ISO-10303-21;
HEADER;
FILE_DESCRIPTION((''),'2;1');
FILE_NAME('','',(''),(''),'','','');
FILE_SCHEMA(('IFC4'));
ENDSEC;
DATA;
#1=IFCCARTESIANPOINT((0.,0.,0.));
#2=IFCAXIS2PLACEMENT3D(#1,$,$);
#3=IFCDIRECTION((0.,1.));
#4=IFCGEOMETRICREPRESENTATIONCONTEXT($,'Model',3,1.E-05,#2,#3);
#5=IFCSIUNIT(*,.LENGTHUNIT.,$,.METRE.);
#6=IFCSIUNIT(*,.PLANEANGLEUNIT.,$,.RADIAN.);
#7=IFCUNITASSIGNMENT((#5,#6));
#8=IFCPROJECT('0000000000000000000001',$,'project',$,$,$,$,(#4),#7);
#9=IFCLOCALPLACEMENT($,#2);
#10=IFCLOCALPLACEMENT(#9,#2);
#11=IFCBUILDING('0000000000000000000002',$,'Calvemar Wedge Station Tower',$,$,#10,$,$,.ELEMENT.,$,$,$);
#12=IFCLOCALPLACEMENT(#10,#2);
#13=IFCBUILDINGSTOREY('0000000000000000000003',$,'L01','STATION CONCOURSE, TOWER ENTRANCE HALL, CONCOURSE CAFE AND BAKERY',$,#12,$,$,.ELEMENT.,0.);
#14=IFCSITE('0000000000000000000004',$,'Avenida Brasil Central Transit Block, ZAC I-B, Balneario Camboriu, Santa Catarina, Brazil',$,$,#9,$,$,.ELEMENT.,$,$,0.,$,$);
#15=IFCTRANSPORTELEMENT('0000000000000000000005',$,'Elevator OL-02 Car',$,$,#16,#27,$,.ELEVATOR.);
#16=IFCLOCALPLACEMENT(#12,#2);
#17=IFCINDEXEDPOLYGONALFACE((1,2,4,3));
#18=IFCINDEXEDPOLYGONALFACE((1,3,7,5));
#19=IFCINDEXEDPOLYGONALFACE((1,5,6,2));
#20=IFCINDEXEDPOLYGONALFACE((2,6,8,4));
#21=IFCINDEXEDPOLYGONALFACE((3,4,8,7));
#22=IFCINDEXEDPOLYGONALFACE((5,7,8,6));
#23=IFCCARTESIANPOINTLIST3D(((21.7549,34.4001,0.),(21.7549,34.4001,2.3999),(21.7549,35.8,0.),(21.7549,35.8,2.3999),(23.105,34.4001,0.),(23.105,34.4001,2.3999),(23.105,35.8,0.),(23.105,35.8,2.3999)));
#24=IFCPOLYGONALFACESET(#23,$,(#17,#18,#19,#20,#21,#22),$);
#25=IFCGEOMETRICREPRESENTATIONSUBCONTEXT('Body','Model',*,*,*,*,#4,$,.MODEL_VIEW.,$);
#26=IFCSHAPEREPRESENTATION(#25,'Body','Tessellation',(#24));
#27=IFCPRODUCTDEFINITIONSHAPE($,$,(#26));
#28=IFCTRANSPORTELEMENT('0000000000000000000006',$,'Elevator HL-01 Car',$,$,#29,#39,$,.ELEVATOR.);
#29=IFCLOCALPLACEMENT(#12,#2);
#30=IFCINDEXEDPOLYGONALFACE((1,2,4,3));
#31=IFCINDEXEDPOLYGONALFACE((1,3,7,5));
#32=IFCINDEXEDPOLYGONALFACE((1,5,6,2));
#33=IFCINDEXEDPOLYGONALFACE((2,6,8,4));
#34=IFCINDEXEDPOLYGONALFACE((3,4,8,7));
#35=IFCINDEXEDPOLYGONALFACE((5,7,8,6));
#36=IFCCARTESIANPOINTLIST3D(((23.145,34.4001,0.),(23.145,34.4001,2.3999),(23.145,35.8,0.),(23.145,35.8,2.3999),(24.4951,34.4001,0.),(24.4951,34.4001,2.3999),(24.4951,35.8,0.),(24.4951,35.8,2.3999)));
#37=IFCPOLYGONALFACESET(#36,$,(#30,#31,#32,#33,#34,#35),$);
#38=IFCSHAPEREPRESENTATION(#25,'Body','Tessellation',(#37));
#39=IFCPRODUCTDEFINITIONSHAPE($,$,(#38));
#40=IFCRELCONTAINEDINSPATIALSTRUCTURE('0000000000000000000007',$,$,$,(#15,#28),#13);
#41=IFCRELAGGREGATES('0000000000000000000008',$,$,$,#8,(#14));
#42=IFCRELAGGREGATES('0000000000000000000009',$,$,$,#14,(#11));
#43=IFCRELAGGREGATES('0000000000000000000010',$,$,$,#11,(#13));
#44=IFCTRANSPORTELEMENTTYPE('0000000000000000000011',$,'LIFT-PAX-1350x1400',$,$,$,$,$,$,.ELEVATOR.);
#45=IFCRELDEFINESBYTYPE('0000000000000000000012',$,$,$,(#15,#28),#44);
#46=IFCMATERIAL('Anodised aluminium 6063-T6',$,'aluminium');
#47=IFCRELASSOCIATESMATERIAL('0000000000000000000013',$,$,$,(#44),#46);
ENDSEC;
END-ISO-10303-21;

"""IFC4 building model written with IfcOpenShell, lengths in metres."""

from ifc_helpers import new_model, si_unit, direction, frame, origin, origin_2d, place, context, subcontext, project, spatial, rectangle, extrude, source, transform, mapped, material, type_object, element, save


model = new_model("IFC4")

# Units and contexts
model_context = context("Model", 3, precision=1e-05, world=origin(), true_north=direction((0.0, 1.0)))
body_context = subcontext(model_context, "Body", "Model", "MODEL_VIEW")
ifc_project = project(units=[si_unit("LENGTHUNIT", "METRE"), si_unit("PLANEANGLEUNIT", "RADIAN")], contexts=[model_context])

# Site, building, storey
site_placement = place(None, origin())
site = spatial("IfcSite", under=ifc_project, at=site_placement, Name="Avenida Brasil Central Transit Block, ZAC I-B, Balneario Camboriu, Santa Catarina, Brazil", CompositionType="ELEMENT", RefElevation=0.0)
building_placement = place(site_placement, origin())
building = spatial("IfcBuilding", under=site, at=building_placement, Name="Calvemar Wedge Station Tower", CompositionType="ELEMENT")
storey_placement = place(building_placement, origin())
storey = spatial("IfcBuildingStorey", under=building, at=storey_placement, Name="L01", Description="STATION CONCOURSE, TOWER ENTRANCE HALL, CONCOURSE CAFE AND BAKERY", CompositionType="ELEMENT", Elevation=0.0)

# Transport elements
ifc_material_1 = material(Name="Anodised aluminium 6063-T6", Category="aluminium")
transport_element_type = type_object("IfcTransportElementType", Name="LIFT-PAX-1350x1400", PredefinedType="ELEVATOR", material=ifc_material_1)
shared_shape_1 = source(origin(), body_context, "Body", "SweptSolid", [
    extrude(rectangle(XDim=1.3501, YDim=1.3999, at=origin_2d()), origin(), (0.0, 0.0, 1.0), 2.3999),
])
for number, where, z_axis, x_axis, name in (
    (1, (22.4299, 35.1001, 0.0), (0.0, 0.0, 1.0), (1.0, 0.0, 0.0), "Elevator OL-02 Car"),
    (2, (23.8201, 35.1001, 0.0), (0.0, 0.0, 1.0), (1.0, 0.0, 0.0), "Elevator HL-01 Car"),
):
    element("IfcTransportElement", number, at=place(storey_placement, frame(where, z_axis=z_axis, x_axis=x_axis)), inside=storey, type_object=transport_element_type, Name=name, PredefinedType="ELEVATOR", context=body_context, shape_type="MappedRepresentation", body=[
        mapped(shared_shape_1, transform((0.0, 0.0, 0.0), scale=1.0)),
    ])

save(model, "model.ifc")
